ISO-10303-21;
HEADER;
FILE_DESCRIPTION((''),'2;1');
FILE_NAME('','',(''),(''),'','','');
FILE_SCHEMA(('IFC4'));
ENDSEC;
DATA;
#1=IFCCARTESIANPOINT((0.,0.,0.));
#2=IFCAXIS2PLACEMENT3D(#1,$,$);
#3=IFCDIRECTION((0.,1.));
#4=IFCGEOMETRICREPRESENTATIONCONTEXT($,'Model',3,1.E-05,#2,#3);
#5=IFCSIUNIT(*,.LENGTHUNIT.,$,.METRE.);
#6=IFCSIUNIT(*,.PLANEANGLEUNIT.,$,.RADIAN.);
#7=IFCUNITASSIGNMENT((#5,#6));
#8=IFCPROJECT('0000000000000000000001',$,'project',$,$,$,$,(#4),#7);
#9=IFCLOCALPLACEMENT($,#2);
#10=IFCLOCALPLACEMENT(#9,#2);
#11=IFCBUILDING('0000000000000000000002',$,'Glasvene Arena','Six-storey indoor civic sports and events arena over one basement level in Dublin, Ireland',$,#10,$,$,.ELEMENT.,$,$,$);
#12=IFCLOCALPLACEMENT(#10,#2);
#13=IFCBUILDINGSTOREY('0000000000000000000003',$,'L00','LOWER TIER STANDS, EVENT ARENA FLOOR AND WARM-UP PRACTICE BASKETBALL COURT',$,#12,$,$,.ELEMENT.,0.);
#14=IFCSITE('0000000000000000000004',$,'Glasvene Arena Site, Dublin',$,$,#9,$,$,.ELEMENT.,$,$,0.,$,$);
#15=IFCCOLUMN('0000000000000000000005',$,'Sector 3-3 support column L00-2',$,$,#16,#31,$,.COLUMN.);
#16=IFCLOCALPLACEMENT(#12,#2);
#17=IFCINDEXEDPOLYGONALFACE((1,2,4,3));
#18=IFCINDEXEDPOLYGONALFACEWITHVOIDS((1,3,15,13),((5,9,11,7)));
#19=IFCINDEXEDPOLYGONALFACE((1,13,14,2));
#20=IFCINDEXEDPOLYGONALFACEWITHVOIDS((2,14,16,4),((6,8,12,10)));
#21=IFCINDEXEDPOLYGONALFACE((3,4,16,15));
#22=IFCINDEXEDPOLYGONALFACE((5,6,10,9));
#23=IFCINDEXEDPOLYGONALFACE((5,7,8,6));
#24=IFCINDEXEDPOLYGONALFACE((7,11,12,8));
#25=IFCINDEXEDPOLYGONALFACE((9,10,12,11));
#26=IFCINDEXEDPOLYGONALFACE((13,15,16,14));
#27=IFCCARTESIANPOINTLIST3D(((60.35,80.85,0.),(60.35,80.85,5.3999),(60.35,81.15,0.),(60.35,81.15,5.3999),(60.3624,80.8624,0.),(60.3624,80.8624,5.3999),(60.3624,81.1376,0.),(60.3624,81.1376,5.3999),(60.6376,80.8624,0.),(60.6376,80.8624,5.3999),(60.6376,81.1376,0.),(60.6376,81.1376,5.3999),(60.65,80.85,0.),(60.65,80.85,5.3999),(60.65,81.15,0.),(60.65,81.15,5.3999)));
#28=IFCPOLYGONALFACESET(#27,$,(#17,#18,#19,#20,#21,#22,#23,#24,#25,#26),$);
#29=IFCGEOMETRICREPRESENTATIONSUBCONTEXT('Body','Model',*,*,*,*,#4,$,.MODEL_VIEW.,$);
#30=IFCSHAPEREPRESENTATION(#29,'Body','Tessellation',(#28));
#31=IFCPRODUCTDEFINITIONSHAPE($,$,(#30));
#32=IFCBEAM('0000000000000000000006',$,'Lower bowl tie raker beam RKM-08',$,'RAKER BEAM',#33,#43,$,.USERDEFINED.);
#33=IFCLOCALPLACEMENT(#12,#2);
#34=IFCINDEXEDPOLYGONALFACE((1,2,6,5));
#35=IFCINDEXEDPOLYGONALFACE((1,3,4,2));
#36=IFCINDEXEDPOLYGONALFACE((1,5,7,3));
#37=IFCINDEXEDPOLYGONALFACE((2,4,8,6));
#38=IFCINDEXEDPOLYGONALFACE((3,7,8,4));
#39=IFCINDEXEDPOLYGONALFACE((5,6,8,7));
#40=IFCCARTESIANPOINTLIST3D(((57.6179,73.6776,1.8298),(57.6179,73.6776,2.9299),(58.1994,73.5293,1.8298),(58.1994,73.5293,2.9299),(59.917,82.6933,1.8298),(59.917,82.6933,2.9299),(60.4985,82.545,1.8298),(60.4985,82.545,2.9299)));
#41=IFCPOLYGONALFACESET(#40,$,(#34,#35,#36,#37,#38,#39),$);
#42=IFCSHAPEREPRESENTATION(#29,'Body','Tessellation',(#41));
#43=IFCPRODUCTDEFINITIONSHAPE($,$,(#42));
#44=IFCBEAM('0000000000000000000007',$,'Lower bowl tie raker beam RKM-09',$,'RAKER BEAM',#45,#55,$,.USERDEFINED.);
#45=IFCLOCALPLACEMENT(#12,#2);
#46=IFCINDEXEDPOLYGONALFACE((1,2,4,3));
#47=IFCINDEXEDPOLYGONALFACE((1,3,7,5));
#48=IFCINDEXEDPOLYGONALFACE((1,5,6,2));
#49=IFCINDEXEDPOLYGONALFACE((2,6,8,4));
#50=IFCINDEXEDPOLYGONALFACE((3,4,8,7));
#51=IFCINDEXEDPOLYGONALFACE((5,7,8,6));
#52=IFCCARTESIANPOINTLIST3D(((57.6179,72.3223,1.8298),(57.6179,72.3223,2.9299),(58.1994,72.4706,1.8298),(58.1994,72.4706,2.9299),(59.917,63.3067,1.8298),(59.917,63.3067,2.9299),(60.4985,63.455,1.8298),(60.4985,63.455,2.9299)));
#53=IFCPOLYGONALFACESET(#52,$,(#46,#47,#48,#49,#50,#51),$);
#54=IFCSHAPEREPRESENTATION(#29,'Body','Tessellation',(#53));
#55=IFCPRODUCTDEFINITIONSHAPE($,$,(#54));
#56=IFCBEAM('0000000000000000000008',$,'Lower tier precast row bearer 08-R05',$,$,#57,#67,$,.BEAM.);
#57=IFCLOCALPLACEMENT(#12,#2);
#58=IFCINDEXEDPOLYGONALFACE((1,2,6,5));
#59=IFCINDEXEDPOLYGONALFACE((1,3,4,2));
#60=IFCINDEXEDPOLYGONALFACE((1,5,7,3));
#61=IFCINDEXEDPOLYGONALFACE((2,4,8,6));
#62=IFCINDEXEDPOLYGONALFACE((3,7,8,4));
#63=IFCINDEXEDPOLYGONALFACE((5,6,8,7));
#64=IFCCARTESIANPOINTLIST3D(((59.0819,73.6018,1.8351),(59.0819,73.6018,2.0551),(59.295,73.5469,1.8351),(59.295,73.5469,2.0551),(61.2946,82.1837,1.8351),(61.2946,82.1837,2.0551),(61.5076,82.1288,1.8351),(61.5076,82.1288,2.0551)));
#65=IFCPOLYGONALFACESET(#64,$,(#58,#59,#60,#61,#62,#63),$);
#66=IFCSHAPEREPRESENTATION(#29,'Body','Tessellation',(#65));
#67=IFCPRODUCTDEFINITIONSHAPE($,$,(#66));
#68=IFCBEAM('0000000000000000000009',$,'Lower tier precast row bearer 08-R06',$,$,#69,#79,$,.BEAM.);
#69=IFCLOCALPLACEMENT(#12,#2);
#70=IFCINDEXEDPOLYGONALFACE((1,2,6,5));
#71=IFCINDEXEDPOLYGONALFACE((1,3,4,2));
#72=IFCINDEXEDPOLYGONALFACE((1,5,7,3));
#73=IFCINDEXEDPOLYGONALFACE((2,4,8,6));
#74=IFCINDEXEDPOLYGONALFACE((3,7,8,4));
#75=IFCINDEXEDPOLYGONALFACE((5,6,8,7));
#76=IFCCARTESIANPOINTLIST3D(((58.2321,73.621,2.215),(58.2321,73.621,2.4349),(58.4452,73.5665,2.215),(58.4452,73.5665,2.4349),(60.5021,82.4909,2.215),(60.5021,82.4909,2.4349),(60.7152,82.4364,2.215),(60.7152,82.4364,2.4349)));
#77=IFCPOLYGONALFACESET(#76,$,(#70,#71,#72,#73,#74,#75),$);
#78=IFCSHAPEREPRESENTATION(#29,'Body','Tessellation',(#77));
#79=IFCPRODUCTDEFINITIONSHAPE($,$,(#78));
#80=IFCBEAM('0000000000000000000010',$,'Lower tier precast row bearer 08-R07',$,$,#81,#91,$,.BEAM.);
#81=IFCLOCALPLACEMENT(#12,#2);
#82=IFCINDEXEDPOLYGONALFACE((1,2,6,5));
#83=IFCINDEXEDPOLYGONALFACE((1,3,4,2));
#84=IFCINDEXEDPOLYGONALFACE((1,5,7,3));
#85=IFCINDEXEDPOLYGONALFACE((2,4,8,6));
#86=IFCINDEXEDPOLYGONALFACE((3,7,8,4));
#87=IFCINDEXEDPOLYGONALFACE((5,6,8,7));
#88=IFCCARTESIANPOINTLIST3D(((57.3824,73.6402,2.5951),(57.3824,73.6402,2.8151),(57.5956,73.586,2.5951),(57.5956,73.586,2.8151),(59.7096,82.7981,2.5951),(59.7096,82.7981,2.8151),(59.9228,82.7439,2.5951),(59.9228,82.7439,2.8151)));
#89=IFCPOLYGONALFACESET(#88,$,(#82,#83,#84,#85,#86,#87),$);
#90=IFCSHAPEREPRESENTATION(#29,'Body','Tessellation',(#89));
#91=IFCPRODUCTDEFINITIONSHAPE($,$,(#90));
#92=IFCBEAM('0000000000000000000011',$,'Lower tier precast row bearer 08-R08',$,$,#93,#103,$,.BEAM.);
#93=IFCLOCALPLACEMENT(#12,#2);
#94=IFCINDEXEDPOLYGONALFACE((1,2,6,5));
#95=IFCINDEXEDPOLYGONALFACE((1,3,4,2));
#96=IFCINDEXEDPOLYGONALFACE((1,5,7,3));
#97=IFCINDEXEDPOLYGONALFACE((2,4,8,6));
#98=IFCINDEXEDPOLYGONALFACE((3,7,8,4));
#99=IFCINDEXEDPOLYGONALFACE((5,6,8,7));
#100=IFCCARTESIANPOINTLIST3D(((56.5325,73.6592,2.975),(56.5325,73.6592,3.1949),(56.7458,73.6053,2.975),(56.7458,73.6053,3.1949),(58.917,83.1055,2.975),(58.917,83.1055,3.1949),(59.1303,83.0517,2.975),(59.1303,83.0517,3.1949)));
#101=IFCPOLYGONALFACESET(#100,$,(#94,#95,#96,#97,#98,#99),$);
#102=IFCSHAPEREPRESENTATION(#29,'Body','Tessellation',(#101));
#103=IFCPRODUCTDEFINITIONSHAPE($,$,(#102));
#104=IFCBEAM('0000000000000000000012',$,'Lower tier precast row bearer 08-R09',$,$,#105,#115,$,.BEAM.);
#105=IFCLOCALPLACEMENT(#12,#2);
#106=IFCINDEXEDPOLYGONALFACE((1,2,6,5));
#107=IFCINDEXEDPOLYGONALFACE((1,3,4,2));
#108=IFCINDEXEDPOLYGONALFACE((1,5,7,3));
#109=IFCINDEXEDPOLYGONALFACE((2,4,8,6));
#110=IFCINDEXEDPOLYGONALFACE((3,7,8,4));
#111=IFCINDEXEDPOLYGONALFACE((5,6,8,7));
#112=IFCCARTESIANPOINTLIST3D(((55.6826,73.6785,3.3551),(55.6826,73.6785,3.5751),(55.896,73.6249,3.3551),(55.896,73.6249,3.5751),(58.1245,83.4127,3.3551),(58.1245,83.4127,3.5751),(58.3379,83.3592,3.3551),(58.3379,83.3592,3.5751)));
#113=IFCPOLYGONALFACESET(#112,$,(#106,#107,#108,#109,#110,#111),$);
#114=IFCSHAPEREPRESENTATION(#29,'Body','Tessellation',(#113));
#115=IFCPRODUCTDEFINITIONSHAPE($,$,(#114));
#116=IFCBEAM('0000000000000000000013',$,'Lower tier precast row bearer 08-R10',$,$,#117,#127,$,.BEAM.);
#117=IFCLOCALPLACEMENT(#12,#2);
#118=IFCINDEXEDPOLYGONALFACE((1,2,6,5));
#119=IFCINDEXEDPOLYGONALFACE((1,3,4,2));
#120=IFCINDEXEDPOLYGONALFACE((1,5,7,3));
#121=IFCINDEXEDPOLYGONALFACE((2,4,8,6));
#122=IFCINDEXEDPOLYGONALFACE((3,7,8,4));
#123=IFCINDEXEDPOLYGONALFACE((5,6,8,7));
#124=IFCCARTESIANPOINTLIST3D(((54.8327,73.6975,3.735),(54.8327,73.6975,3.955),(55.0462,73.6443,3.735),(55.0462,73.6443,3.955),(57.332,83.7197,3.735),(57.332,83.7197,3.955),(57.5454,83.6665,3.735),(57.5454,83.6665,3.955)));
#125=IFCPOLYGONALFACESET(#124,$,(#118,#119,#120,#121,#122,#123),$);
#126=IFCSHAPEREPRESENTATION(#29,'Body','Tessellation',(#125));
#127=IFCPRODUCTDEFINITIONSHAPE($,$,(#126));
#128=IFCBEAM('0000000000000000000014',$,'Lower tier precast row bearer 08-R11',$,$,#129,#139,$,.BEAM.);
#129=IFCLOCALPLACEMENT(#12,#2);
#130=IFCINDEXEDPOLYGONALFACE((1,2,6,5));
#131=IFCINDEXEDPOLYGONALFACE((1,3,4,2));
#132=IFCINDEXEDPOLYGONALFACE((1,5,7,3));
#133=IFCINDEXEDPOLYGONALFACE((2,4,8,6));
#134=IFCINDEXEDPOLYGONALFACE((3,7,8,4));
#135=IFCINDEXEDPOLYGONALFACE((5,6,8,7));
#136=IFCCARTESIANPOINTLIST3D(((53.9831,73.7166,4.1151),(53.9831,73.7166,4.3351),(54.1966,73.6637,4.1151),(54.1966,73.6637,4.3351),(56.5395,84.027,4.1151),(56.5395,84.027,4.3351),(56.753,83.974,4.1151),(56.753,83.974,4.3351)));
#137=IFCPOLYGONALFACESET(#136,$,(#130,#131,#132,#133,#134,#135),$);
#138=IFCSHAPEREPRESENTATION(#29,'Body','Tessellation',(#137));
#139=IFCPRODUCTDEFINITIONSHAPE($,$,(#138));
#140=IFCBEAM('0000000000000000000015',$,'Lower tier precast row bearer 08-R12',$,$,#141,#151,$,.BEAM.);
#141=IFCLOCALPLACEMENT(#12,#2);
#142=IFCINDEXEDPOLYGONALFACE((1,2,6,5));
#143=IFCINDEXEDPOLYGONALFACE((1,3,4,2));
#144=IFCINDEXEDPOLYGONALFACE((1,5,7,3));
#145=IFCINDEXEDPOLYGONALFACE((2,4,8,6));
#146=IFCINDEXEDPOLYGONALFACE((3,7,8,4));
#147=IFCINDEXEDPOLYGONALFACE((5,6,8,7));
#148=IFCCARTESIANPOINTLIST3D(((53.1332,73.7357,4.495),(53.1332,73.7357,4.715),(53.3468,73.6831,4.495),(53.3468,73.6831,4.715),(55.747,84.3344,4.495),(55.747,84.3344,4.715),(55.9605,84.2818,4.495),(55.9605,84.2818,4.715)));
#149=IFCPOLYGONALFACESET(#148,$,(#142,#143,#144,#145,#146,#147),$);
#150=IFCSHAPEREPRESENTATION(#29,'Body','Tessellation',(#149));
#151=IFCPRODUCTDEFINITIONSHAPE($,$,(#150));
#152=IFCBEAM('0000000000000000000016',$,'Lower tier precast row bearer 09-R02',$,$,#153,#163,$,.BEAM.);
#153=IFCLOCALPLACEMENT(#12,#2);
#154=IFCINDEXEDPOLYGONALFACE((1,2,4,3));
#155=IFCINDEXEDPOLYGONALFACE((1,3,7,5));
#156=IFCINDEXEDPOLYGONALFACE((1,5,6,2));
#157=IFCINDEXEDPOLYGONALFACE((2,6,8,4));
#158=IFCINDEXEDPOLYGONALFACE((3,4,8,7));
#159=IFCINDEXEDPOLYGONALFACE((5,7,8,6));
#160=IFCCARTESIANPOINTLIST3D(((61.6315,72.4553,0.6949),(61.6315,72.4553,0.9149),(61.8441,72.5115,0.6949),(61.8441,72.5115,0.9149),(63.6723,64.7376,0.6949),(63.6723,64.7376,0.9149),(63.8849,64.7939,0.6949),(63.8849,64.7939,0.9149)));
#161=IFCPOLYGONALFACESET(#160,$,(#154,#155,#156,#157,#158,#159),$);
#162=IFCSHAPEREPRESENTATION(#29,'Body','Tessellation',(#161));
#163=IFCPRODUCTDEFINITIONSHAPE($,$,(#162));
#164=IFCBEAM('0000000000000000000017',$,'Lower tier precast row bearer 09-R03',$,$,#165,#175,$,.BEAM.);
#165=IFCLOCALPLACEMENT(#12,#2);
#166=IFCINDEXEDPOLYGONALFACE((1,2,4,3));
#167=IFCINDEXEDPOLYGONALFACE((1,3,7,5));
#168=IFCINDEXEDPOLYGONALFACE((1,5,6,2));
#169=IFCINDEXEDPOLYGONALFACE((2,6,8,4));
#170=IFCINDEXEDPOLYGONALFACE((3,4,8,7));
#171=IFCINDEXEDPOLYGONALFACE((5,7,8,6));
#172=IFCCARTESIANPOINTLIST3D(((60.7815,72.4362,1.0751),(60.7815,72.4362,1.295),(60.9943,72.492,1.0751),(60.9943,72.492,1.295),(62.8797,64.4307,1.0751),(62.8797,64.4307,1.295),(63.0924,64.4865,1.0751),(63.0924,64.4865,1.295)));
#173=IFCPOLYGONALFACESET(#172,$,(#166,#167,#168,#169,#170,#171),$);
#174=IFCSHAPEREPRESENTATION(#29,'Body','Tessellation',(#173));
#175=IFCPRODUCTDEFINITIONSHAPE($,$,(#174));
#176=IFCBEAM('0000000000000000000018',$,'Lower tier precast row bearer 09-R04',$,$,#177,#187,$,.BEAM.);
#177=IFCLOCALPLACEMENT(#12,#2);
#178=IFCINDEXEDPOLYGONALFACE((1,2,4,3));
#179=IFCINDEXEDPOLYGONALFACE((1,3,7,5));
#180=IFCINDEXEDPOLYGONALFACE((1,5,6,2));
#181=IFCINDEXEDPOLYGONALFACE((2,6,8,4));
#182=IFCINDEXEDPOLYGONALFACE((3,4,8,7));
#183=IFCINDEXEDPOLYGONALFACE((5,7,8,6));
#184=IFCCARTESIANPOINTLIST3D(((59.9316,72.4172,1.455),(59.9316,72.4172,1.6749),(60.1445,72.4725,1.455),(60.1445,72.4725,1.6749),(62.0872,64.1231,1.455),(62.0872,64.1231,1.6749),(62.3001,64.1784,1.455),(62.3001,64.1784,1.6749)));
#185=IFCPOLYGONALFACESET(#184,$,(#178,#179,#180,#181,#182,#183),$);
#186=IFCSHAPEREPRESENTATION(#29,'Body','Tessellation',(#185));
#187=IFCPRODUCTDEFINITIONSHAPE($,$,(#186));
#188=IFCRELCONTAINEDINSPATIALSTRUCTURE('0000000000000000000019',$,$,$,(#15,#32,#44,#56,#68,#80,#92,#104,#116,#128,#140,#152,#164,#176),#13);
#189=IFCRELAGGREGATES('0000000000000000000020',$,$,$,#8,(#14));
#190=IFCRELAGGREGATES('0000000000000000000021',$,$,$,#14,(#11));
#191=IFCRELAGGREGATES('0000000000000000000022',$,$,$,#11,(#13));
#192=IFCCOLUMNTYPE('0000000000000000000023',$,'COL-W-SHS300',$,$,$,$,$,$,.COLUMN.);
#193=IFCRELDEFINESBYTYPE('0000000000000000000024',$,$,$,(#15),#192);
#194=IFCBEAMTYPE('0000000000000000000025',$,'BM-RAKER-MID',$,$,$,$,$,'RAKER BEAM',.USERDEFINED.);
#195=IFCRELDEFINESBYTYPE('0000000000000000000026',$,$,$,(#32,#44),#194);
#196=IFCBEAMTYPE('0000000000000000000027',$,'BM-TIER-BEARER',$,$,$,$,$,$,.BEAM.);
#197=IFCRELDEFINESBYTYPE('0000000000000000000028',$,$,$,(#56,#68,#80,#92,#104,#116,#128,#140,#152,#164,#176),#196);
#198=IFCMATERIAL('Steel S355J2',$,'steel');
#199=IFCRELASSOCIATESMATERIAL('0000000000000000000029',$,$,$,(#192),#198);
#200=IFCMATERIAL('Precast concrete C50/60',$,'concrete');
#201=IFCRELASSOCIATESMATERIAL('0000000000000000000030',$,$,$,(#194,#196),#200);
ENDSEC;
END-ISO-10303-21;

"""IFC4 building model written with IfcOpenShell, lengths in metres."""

from ifc_helpers import new_model, si_unit, direction, frame, origin, origin_2d, place, context, subcontext, project, spatial, rectangle, hollow_rectangle, extrude, material, material_profile, profile_set, type_object, element, save


model = new_model("IFC4")

# Units and contexts
model_context = context("Model", 3, precision=1e-05, world=origin(), true_north=direction((0.0, 1.0)))
body_context = subcontext(model_context, "Body", "Model", "MODEL_VIEW")
ifc_project = project(units=[si_unit("LENGTHUNIT", "METRE"), si_unit("PLANEANGLEUNIT", "RADIAN")], contexts=[model_context])

# Site, building, storey
site_placement = place(None, origin())
site = spatial("IfcSite", under=ifc_project, at=site_placement, Name="Glasvene Arena Site, Dublin", CompositionType="ELEMENT", RefElevation=0.0)
building_placement = place(site_placement, origin())
building = spatial("IfcBuilding", under=site, at=building_placement, Name="Glasvene Arena", Description="Six-storey indoor civic sports and events arena over one basement level in Dublin, Ireland", CompositionType="ELEMENT")
storey_placement = place(building_placement, origin())
storey = spatial("IfcBuildingStorey", under=building, at=storey_placement, Name="L00", Description="LOWER TIER STANDS, EVENT ARENA FLOOR AND WARM-UP PRACTICE BASKETBALL COURT", CompositionType="ELEMENT", Elevation=0.0)

# Column
ifc_material_1 = material(Name="Steel S355J2", Category="steel")
ifc_material_profile_1 = material_profile(ifc_material_1, hollow_rectangle(XDim=0.3, YDim=0.3, WallThickness=0.0125, at=origin_2d()), Name="SHS 300x300x12.5")
ifc_profile_set_1 = profile_set([ifc_material_profile_1], Name="Steel S355J2")
column_type = type_object("IfcColumnType", Name="COL-W-SHS300", PredefinedType="COLUMN", material=ifc_profile_set_1)
column_placement = place(storey_placement, frame((60.5, 81.0, 0.0), z_axis=(0.0, 0.0, 1.0), x_axis=(1.0, 0.0, 0.0)))
element("IfcColumn", 1, at=column_placement, inside=storey, type_object=column_type, Name="Sector 3-3 support column L00-2", PredefinedType="COLUMN", context=body_context, shape_type="SweptSolid", body=[
    extrude(hollow_rectangle(XDim=0.3, YDim=0.3, WallThickness=0.0125, at=origin_2d()), origin(), (0.0, 0.0, 1.0), 5.3999),
])

# Beams
ifc_material_2 = material(Name="Precast concrete C50/60", Category="concrete")
ifc_material_profile_2 = material_profile(ifc_material_2, rectangle(XDim=0.6001, YDim=1.1001, at=origin_2d()), Name="RC 600x1100")
ifc_profile_set_2 = profile_set([ifc_material_profile_2], Name="Precast concrete C50/60")
beam_type_1 = type_object("IfcBeamType", Name="BM-RAKER-MID", ElementType="RAKER BEAM", PredefinedType="USERDEFINED", material=ifc_profile_set_2)
for number, where, z_axis, x_axis, name in (
    (2, (60.2078, 82.6191, 2.3799), (-0.247102, -0.96899, 0.0), (0.96899, -0.247102, 0.0), "Lower bowl tie raker beam RKM-08"),
    (3, (57.9087, 72.3965, 2.3799), (0.247102, -0.96899, 0.0), (0.96899, 0.247102, 0.0), "Lower bowl tie raker beam RKM-09"),
):
    element("IfcBeam", number, at=place(storey_placement, frame(where, z_axis=z_axis, x_axis=x_axis)), inside=storey, type_object=beam_type_1, Name=name, ObjectType="RAKER BEAM", PredefinedType="USERDEFINED", context=body_context, shape_type="SweptSolid", body=[
        extrude(rectangle(XDim=0.6001, YDim=1.1001, at=origin_2d()), origin(), (0.0, 0.0, 1.0), 9.3042),
    ])
ifc_material_profile_3 = material_profile(ifc_material_2, rectangle(XDim=0.22, YDim=0.22, at=origin_2d()), Name="RC 220x220")
ifc_profile_set_3 = profile_set([ifc_material_profile_3], Name="Precast concrete C50/60")
beam_type_2 = type_object("IfcBeamType", Name="BM-TIER-BEARER", PredefinedType="BEAM", material=ifc_profile_set_3)
beam_1_placement = place(storey_placement, frame((61.4011, 82.1562, 1.9451), z_axis=(-0.249666, -0.968332, 0.0), x_axis=(0.968332, -0.249666, 0.0)))
element("IfcBeam", 4, at=beam_1_placement, inside=storey, type_object=beam_type_2, Name="Lower tier precast row bearer 08-R05", PredefinedType="BEAM", context=body_context, shape_type="SweptSolid", body=[
    extrude(rectangle(XDim=0.22, YDim=0.22, at=origin_2d()), origin(), (0.0, 0.0, 1.0), 8.8625),
])
beam_2_placement = place(storey_placement, frame((60.6086, 82.4636, 2.325), z_axis=(-0.247934, -0.968777, 0.0), x_axis=(0.968777, -0.247934, 0.0)))
element("IfcBeam", 5, at=beam_2_placement, inside=storey, type_object=beam_type_2, Name="Lower tier precast row bearer 08-R06", PredefinedType="BEAM", context=body_context, shape_type="SweptSolid", body=[
    extrude(rectangle(XDim=0.22, YDim=0.22, at=origin_2d()), origin(), (0.0, 0.0, 1.0), 9.1558),
])
beam_3_placement = place(storey_placement, frame((59.8162, 82.771, 2.7051), z_axis=(-0.246285, -0.969197, 0.0), x_axis=(0.969197, -0.246285, 0.0)))
element("IfcBeam", 6, at=beam_3_placement, inside=storey, type_object=beam_type_2, Name="Lower tier precast row bearer 08-R07", PredefinedType="BEAM", context=body_context, shape_type="SweptSolid", body=[
    extrude(rectangle(XDim=0.22, YDim=0.22, at=origin_2d()), origin(), (0.0, 0.0, 1.0), 9.449),
])
beam_4_placement = place(storey_placement, frame((59.0237, 83.0786, 3.085), z_axis=(-0.244752, -0.969586, 0.0), x_axis=(0.969586, -0.244752, 0.0)))
element("IfcBeam", 7, at=beam_4_placement, inside=storey, type_object=beam_type_2, Name="Lower tier precast row bearer 08-R08", PredefinedType="BEAM", context=body_context, shape_type="SweptSolid", body=[
    extrude(rectangle(XDim=0.22, YDim=0.22, at=origin_2d()), origin(), (0.0, 0.0, 1.0), 9.7427),
])
beam_5_placement = place(storey_placement, frame((58.2312, 83.386, 3.4651), z_axis=(-0.243314, -0.969948, 0.0), x_axis=(0.969948, -0.243314, 0.0)))
element("IfcBeam", 8, at=beam_5_placement, inside=storey, type_object=beam_type_2, Name="Lower tier precast row bearer 08-R09", PredefinedType="BEAM", context=body_context, shape_type="SweptSolid", body=[
    extrude(rectangle(XDim=0.22, YDim=0.22, at=origin_2d()), origin(), (0.0, 0.0, 1.0), 10.0359),
])
beam_6_placement = place(storey_placement, frame((57.4387, 83.6931, 3.845), z_axis=(-0.241963, -0.970286, 0.0), x_axis=(0.970286, -0.241963, 0.0)))
element("IfcBeam", 9, at=beam_6_placement, inside=storey, type_object=beam_type_2, Name="Lower tier precast row bearer 08-R10", PredefinedType="BEAM", context=body_context, shape_type="SweptSolid", body=[
    extrude(rectangle(XDim=0.22, YDim=0.22, at=origin_2d()), origin(), (0.0, 0.0, 1.0), 10.3291),
])
beam_7_placement = place(storey_placement, frame((56.6462, 84.0005, 4.2251), z_axis=(-0.240659, -0.97061, 0.0), x_axis=(0.97061, -0.240659, 0.0)))
element("IfcBeam", 10, at=beam_7_placement, inside=storey, type_object=beam_type_2, Name="Lower tier precast row bearer 08-R11", PredefinedType="BEAM", context=body_context, shape_type="SweptSolid", body=[
    extrude(rectangle(XDim=0.22, YDim=0.22, at=origin_2d()), origin(), (0.0, 0.0, 1.0), 10.6226),
])
beam_8_placement = place(storey_placement, frame((55.8538, 84.3081, 4.605), z_axis=(-0.23944, -0.970911, 0.0), x_axis=(0.970911, -0.23944, 0.0)))
element("IfcBeam", 11, at=beam_8_placement, inside=storey, type_object=beam_type_2, Name="Lower tier precast row bearer 08-R12", PredefinedType="BEAM", context=body_context, shape_type="SweptSolid", body=[
    extrude(rectangle(XDim=0.22, YDim=0.22, at=origin_2d()), origin(), (0.0, 0.0, 1.0), 10.9163),
])
beam_9_placement = place(storey_placement, frame((61.7378, 72.4834, 0.8049), z_axis=(0.255646, -0.96677, 0.0), x_axis=(0.96677, 0.255646, 0.0)))
element("IfcBeam", 12, at=beam_9_placement, inside=storey, type_object=beam_type_2, Name="Lower tier precast row bearer 09-R02", PredefinedType="BEAM", context=body_context, shape_type="SweptSolid", body=[
    extrude(rectangle(XDim=0.22, YDim=0.22, at=origin_2d()), origin(), (0.0, 0.0, 1.0), 7.9829),
])
beam_10_placement = place(storey_placement, frame((60.8879, 72.4641, 1.1851), z_axis=(0.253522, -0.96733, 0.0), x_axis=(0.96733, 0.253522, 0.0)))
element("IfcBeam", 13, at=beam_10_placement, inside=storey, type_object=beam_type_2, Name="Lower tier precast row bearer 09-R03", PredefinedType="BEAM", context=body_context, shape_type="SweptSolid", body=[
    extrude(rectangle(XDim=0.22, YDim=0.22, at=origin_2d()), origin(), (0.0, 0.0, 1.0), 8.2759),
])
beam_11_placement = place(storey_placement, frame((60.0381, 72.4448, 1.5649), z_axis=(0.251535, -0.967848, 0.0), x_axis=(0.967848, 0.251535, 0.0)))
element("IfcBeam", 14, at=beam_11_placement, inside=storey, type_object=beam_type_2, Name="Lower tier precast row bearer 09-R04", PredefinedType="BEAM", context=body_context, shape_type="SweptSolid", body=[
    extrude(rectangle(XDim=0.22, YDim=0.22, at=origin_2d()), origin(), (0.0, 0.0, 1.0), 8.5696),
])

save(model, "model.ifc")
